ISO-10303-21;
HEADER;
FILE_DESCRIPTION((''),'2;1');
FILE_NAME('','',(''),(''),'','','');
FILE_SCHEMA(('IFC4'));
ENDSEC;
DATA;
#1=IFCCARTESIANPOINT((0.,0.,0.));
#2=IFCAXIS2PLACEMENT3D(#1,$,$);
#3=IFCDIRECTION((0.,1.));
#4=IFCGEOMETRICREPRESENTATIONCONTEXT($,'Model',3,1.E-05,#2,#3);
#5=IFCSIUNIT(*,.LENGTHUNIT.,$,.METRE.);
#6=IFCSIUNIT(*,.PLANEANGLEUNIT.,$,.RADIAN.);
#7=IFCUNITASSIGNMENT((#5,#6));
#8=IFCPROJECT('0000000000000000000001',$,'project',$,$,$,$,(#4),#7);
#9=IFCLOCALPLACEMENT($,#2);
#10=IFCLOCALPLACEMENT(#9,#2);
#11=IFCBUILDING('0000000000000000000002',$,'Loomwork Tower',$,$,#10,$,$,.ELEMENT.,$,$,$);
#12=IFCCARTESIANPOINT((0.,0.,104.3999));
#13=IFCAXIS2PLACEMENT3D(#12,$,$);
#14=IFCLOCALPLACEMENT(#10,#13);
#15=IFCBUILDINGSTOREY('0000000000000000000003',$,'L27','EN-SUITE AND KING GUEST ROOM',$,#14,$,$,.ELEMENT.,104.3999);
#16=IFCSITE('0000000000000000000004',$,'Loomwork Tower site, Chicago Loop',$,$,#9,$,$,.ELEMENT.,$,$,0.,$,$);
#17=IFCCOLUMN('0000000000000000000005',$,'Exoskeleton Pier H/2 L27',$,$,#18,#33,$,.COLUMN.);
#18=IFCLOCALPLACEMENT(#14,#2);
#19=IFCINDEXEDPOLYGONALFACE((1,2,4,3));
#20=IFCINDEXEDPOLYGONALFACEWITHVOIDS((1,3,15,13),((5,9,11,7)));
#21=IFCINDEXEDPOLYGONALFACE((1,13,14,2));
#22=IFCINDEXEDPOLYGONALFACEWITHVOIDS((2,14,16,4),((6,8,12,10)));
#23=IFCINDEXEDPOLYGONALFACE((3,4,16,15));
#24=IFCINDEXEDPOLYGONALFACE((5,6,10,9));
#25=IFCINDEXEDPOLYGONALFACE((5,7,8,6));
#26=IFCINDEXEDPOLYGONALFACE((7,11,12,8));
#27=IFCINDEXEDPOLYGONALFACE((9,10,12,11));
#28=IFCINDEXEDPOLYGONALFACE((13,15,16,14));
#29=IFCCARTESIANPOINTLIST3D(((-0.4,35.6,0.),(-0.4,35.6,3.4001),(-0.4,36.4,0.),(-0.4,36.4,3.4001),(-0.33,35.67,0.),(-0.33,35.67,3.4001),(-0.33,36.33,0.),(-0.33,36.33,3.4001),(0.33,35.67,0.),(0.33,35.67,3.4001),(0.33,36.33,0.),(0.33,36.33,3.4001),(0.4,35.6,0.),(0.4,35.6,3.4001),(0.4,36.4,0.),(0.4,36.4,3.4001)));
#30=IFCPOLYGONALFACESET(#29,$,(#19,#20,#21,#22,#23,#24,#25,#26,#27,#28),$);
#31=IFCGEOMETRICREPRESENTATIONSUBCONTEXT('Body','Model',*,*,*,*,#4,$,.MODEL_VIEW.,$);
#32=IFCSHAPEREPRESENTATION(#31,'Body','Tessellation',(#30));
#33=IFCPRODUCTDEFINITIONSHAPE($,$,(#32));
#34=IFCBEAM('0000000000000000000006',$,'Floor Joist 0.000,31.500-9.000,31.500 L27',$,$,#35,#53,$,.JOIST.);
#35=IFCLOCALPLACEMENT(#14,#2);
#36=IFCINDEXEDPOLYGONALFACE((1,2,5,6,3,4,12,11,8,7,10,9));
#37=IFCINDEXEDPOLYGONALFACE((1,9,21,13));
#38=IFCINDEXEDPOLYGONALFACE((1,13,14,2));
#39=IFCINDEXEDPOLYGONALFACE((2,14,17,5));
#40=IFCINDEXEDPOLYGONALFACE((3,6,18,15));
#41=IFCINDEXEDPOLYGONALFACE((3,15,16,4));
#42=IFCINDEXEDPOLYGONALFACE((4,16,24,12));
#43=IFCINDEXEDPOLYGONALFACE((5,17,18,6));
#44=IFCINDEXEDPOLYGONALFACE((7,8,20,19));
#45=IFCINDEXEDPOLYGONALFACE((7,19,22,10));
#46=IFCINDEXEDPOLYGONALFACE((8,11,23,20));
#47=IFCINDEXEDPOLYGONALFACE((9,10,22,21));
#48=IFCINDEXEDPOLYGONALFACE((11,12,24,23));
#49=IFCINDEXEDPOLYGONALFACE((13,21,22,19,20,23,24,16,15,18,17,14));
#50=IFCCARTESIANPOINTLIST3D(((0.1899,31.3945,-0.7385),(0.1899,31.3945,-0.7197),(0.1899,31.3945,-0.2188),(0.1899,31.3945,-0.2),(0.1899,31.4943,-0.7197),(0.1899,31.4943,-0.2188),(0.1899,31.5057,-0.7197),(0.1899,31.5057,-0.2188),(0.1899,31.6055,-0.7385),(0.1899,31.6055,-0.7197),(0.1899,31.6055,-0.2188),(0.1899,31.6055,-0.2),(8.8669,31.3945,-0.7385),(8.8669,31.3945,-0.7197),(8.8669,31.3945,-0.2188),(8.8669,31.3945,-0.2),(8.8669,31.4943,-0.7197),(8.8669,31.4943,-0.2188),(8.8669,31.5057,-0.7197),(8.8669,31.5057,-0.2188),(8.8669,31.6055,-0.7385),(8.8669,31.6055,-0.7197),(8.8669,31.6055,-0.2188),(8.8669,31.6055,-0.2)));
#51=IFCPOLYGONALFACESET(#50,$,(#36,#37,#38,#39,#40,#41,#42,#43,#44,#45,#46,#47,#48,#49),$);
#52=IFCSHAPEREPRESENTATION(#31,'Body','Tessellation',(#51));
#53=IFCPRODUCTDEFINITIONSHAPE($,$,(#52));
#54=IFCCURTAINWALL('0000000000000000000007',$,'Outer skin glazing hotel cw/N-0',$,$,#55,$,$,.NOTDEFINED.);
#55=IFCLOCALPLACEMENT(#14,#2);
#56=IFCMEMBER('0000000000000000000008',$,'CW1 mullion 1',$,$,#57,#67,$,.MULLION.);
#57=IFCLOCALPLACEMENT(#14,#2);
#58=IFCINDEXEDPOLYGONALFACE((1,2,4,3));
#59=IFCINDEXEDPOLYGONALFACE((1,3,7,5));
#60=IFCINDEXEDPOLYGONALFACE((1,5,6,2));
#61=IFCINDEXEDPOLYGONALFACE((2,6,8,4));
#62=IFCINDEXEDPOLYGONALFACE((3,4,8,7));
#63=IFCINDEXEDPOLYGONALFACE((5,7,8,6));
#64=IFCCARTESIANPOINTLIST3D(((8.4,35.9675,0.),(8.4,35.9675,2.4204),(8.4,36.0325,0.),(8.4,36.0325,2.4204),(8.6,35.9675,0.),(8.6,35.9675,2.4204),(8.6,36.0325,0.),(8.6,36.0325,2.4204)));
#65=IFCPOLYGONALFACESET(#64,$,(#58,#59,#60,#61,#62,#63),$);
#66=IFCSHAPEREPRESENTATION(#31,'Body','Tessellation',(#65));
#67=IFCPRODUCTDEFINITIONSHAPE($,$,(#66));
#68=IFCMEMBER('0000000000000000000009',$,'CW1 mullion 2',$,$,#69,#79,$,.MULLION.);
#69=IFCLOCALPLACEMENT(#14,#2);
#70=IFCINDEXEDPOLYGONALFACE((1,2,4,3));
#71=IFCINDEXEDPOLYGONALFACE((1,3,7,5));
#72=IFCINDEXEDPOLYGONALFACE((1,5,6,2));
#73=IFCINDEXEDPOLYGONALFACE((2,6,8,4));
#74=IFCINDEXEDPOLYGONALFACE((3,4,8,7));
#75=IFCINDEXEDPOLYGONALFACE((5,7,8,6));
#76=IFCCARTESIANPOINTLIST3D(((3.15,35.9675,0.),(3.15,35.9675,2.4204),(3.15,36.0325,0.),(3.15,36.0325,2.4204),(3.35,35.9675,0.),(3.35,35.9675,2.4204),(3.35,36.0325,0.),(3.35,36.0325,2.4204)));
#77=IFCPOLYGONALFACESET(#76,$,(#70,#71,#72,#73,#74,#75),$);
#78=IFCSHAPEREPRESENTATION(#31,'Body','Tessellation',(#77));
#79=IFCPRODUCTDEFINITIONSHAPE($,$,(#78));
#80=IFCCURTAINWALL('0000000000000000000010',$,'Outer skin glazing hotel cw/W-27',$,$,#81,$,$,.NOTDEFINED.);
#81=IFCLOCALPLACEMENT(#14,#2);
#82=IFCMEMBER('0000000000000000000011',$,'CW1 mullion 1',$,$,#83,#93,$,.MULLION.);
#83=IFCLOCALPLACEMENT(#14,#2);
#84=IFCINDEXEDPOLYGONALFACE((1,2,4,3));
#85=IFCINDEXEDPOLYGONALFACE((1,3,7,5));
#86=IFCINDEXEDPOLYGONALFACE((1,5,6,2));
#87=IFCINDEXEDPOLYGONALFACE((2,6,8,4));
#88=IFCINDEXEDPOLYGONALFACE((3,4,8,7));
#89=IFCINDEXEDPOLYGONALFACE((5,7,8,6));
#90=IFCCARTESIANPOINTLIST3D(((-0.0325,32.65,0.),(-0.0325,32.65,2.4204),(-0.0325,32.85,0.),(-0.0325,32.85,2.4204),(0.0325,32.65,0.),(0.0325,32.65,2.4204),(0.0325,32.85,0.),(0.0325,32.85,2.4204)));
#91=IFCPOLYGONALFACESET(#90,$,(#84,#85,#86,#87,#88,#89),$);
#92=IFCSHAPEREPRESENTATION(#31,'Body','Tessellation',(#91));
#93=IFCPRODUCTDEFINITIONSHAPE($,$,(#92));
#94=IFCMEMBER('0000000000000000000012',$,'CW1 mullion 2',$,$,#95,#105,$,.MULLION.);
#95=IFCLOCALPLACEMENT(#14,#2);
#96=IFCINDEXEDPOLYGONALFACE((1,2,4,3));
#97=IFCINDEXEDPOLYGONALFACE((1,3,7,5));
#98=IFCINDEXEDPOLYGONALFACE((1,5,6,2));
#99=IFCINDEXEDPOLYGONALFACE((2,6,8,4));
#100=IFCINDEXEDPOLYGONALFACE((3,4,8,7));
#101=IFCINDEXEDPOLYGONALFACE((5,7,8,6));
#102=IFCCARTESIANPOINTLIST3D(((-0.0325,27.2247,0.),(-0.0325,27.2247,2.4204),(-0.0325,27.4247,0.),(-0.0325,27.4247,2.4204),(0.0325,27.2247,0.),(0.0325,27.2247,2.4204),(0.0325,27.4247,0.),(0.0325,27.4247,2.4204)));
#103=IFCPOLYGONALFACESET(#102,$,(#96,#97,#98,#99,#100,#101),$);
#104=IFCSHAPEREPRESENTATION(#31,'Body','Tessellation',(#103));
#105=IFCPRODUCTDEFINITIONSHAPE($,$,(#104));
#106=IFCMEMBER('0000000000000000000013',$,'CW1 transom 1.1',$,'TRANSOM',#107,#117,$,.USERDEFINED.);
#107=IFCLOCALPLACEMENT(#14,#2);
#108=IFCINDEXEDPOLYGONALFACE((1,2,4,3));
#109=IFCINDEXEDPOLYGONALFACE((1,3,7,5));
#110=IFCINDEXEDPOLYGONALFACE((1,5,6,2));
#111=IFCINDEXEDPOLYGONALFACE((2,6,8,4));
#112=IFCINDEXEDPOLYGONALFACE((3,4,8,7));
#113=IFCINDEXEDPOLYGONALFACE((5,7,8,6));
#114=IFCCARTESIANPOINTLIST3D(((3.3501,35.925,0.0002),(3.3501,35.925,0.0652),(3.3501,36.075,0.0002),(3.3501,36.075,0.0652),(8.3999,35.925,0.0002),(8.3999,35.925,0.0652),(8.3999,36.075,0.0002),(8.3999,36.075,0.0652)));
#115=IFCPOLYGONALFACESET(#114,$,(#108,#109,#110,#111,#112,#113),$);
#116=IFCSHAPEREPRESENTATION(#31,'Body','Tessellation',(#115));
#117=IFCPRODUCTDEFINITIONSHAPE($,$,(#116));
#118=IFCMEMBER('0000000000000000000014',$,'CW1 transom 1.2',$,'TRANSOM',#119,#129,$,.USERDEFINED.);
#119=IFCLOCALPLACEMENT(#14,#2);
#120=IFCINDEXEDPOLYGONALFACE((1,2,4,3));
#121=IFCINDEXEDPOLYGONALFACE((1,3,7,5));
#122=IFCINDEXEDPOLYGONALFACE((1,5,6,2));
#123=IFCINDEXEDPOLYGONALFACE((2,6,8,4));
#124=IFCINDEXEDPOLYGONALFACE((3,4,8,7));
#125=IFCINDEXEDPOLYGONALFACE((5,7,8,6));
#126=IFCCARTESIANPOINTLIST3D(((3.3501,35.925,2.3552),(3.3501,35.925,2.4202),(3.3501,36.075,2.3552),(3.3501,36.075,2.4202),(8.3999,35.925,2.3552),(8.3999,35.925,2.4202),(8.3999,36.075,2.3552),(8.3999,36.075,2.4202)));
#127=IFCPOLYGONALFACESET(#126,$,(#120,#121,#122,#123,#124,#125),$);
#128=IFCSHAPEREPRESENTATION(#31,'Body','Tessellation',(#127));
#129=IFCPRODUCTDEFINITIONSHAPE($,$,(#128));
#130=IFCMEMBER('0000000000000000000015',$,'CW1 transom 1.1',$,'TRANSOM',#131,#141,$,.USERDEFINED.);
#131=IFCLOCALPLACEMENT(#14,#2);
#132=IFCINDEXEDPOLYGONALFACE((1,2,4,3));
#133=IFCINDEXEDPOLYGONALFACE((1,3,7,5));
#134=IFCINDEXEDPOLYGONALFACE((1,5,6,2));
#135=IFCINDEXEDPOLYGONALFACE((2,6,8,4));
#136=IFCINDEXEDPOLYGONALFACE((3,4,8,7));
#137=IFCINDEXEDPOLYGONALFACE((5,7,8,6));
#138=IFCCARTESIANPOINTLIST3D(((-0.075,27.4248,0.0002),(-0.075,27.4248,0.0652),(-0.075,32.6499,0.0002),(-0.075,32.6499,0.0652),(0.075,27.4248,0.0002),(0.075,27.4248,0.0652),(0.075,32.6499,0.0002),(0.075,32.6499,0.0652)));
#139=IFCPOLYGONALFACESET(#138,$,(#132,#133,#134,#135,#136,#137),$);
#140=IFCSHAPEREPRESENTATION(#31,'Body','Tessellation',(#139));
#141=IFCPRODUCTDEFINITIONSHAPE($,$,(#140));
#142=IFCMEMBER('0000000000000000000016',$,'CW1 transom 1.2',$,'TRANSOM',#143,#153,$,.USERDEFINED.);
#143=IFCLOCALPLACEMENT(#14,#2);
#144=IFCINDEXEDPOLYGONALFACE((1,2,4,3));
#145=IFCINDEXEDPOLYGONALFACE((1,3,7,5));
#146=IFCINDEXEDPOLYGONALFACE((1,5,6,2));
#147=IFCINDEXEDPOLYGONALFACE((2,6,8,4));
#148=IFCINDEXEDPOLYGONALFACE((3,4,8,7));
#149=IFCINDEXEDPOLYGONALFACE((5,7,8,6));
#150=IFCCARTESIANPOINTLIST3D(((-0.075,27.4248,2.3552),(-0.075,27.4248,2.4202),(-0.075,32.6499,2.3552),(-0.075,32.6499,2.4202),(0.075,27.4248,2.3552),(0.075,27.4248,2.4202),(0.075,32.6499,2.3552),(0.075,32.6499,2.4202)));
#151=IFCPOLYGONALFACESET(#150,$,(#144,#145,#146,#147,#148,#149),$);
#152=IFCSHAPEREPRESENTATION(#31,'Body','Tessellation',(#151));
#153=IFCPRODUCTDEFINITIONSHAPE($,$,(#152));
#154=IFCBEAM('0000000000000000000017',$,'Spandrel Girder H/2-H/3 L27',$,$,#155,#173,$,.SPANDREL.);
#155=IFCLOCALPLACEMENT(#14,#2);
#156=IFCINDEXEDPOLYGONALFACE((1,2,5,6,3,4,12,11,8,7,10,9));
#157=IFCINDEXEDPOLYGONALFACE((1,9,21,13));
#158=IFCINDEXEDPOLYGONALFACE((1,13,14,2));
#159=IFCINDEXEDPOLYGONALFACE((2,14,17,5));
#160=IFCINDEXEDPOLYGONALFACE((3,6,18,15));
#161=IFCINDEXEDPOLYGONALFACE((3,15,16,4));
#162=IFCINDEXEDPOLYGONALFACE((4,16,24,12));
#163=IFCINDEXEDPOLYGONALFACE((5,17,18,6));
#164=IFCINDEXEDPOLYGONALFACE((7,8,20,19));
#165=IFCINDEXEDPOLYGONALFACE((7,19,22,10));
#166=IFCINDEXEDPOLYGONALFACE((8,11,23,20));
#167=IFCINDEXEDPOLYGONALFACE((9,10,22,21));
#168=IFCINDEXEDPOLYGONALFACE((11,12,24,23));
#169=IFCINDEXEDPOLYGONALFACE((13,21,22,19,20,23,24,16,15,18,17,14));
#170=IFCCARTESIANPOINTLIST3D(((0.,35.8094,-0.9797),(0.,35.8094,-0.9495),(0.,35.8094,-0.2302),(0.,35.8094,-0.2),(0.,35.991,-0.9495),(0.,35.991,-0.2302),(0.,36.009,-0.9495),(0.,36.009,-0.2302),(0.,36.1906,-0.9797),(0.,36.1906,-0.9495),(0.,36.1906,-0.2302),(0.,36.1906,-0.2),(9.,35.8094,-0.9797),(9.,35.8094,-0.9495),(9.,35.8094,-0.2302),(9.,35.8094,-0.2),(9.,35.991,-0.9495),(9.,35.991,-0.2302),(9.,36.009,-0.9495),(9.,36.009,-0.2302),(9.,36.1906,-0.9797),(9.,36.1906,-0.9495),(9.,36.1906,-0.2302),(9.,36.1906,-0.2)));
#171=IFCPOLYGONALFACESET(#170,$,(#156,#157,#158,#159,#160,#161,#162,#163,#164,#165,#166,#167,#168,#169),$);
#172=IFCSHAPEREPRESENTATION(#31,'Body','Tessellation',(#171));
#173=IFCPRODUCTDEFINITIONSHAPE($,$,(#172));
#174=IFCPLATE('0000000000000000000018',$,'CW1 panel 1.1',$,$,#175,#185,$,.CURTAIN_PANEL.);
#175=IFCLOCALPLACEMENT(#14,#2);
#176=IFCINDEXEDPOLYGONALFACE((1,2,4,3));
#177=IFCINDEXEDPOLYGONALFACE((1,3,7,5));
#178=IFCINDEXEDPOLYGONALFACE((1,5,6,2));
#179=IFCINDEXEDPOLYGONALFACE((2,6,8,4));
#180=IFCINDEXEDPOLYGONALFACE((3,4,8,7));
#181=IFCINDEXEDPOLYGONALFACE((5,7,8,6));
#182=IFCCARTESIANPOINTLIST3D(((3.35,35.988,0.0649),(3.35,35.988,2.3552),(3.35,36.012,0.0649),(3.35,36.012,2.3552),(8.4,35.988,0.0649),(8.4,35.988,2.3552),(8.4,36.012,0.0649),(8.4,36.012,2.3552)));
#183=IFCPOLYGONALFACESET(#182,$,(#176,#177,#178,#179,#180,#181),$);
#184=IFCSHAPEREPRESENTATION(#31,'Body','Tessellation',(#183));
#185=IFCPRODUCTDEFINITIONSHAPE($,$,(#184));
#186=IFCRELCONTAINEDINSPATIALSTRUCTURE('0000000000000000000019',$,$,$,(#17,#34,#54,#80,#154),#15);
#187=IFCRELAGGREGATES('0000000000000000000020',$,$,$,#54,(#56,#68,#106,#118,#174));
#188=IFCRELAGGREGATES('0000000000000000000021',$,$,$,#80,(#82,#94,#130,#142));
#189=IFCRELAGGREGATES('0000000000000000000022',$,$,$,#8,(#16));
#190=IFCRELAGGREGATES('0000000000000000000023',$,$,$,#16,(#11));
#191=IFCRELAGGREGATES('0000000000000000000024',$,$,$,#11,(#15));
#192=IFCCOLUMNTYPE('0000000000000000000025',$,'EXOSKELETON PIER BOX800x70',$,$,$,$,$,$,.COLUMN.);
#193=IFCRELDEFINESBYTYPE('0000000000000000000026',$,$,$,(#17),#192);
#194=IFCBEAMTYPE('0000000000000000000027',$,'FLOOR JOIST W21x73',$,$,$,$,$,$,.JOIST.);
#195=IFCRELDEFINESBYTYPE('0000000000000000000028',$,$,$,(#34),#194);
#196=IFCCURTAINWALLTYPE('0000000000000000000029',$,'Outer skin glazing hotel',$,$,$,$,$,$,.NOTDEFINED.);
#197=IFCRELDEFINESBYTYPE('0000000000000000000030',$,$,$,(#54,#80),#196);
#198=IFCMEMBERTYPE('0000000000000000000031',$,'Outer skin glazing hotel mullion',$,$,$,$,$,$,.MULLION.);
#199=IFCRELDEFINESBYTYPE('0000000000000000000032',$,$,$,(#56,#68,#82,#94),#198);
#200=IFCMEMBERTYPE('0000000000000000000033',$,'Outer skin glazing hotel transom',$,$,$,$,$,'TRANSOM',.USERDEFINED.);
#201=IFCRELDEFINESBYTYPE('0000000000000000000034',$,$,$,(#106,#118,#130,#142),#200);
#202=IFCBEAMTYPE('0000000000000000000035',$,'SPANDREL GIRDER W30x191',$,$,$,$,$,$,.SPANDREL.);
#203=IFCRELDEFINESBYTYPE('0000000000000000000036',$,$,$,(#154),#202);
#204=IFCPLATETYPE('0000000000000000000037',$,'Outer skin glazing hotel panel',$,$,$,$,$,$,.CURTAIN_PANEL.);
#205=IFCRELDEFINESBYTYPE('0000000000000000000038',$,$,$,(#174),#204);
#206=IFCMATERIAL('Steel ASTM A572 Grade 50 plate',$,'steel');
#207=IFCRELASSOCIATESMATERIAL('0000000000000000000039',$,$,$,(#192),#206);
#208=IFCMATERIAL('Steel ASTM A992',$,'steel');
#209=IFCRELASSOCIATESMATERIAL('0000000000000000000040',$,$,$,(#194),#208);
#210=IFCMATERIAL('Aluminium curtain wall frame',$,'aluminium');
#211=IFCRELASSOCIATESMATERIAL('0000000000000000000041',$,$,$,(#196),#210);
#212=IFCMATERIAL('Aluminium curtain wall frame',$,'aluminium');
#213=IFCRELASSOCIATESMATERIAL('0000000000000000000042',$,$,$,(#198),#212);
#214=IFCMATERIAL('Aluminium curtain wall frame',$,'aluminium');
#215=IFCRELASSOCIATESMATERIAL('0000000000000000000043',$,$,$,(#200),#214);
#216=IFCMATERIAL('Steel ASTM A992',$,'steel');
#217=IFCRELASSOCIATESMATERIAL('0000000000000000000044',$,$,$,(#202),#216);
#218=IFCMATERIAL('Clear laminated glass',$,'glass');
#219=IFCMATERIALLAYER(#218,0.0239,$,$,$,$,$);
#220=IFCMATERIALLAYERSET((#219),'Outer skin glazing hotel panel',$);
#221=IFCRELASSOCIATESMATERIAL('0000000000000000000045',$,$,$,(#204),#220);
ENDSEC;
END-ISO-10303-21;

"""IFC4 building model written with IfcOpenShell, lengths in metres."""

from ifc_helpers import new_model, si_unit, direction, frame, origin, origin_2d, place, context, subcontext, project, spatial, rectangle, hollow_rectangle, i_section, extrude, material, layer, layer_set, material_profile, profile_set, type_object, element, aggregate, save


model = new_model("IFC4")

# Units and contexts
model_context = context("Model", 3, precision=1e-05, world=origin(), true_north=direction((0.0, 1.0)))
body_context = subcontext(model_context, "Body", "Model", "MODEL_VIEW")
ifc_project = project(units=[si_unit("LENGTHUNIT", "METRE"), si_unit("PLANEANGLEUNIT", "RADIAN")], contexts=[model_context])

# Site, building, storey
site_placement = place(None, origin())
site = spatial("IfcSite", under=ifc_project, at=site_placement, Name="Loomwork Tower site, Chicago Loop", CompositionType="ELEMENT", RefElevation=0.0)
building_placement = place(site_placement, origin())
building = spatial("IfcBuilding", under=site, at=building_placement, Name="Loomwork Tower", CompositionType="ELEMENT")
storey_placement = place(building_placement, frame((0.0, 0.0, 104.3999)))
storey = spatial("IfcBuildingStorey", under=building, at=storey_placement, Name="L27", Description="EN-SUITE AND KING GUEST ROOM", CompositionType="ELEMENT", Elevation=104.3999)

# Column
ifc_material_1 = material(Name="Steel ASTM A572 Grade 50 plate", Category="steel")
ifc_material_profile_1 = material_profile(ifc_material_1, hollow_rectangle(XDim=0.8, YDim=0.8, WallThickness=0.0701, at=origin_2d()), Name="BOX800x70")
ifc_profile_set_1 = profile_set([ifc_material_profile_1], Name="Steel ASTM A572 Grade 50 plate")
column_type = type_object("IfcColumnType", Name="EXOSKELETON PIER BOX800x70", PredefinedType="COLUMN", material=ifc_profile_set_1)
column_placement = place(storey_placement, frame((0.0, 36.0, 0.0), z_axis=(0.0, 0.0, 1.0), x_axis=(1.0, 0.0, 0.0)))
element("IfcColumn", 1, at=column_placement, inside=storey, type_object=column_type, Name="Exoskeleton Pier H/2 L27", PredefinedType="COLUMN", context=body_context, shape_type="SweptSolid", body=[
    extrude(hollow_rectangle(XDim=0.8, YDim=0.8, WallThickness=0.0701, at=origin_2d()), origin(), (0.0, 0.0, 1.0), 3.4001),
])

# Beam
ifc_material_2 = material(Name="Steel ASTM A992", Category="steel")
ifc_material_profile_2 = material_profile(ifc_material_2, i_section(OverallWidth=0.2109, OverallDepth=0.5386, WebThickness=0.0115, FlangeThickness=0.0188, at=origin_2d()), Name="W21x73")
ifc_profile_set_2 = profile_set([ifc_material_profile_2], Name="Steel ASTM A992")
beam_type_1 = type_object("IfcBeamType", Name="FLOOR JOIST W21x73", PredefinedType="JOIST", material=ifc_profile_set_2)
beam_1_placement = place(storey_placement, frame((0.1899, 31.5, -0.4692), z_axis=(1.0, 0.0, 0.0), x_axis=(0.0, 1.0, 0.0)))
element("IfcBeam", 2, at=beam_1_placement, inside=storey, type_object=beam_type_1, Name="Floor Joist 0.000,31.500-9.000,31.500 L27", PredefinedType="JOIST", context=body_context, shape_type="SweptSolid", body=[
    extrude(i_section(OverallWidth=0.2109, OverallDepth=0.5386, WebThickness=0.0115, FlangeThickness=0.0188, at=origin_2d()), origin(), (0.0, 0.0, 1.0), 8.677),
])

# Curtain walls, members
ifc_material_3 = material(Name="Aluminium curtain wall frame", Category="aluminium")
curtain_wall_type = type_object("IfcCurtainWallType", Name="Outer skin glazing hotel", PredefinedType="NOTDEFINED", material=ifc_material_3)
curtain_wall_1_placement = place(storey_placement, origin())
curtain_wall_1 = element("IfcCurtainWall", 3, at=curtain_wall_1_placement, inside=storey, type_object=curtain_wall_type, Name="Outer skin glazing hotel cw/N-0", PredefinedType="NOTDEFINED")
ifc_material_4 = material(Name="Aluminium curtain wall frame", Category="aluminium")
ifc_material_profile_3 = material_profile(ifc_material_4, rectangle(XDim=0.0649, YDim=0.2, at=origin_2d()), Name="AL 65x200")
ifc_profile_set_3 = profile_set([ifc_material_profile_3], Name="Aluminium curtain wall frame")
member_type_1 = type_object("IfcMemberType", Name="Outer skin glazing hotel mullion", PredefinedType="MULLION", material=ifc_profile_set_3)
member_1_placement = place(storey_placement, frame((8.5, 36.0, 0.0), z_axis=(0.0, 0.0, 1.0), x_axis=(0.0, -1.0, 0.0)))
member_1 = element("IfcMember", 4, at=member_1_placement, type_object=member_type_1, Name="CW1 mullion 1", PredefinedType="MULLION", context=body_context, shape_type="SweptSolid", body=[
    extrude(rectangle(XDim=0.0649, YDim=0.2, at=origin_2d()), origin(), (0.0, 0.0, 1.0), 2.4204),
])
member_2_placement = place(storey_placement, frame((3.25, 36.0, 0.0), z_axis=(0.0, 0.0, 1.0), x_axis=(0.0, -1.0, 0.0)))
member_2 = element("IfcMember", 5, at=member_2_placement, type_object=member_type_1, Name="CW1 mullion 2", PredefinedType="MULLION", context=body_context, shape_type="SweptSolid", body=[
    extrude(rectangle(XDim=0.0649, YDim=0.2, at=origin_2d()), origin(), (0.0, 0.0, 1.0), 2.4204),
])
curtain_wall_2_placement = place(storey_placement, origin())
curtain_wall_2 = element("IfcCurtainWall", 6, at=curtain_wall_2_placement, inside=storey, type_object=curtain_wall_type, Name="Outer skin glazing hotel cw/W-27", PredefinedType="NOTDEFINED")
member_3_placement = place(storey_placement, frame((0.0, 32.75, 0.0), z_axis=(0.0, 0.0, 1.0), x_axis=(1.0, 0.0, 0.0)))
member_3 = element("IfcMember", 7, at=member_3_placement, type_object=member_type_1, Name="CW1 mullion 1", PredefinedType="MULLION", context=body_context, shape_type="SweptSolid", body=[
    extrude(rectangle(XDim=0.0649, YDim=0.2, at=origin_2d()), origin(), (0.0, 0.0, 1.0), 2.4204),
])
member_4_placement = place(storey_placement, frame((0.0, 27.3247, 0.0), z_axis=(0.0, 0.0, 1.0), x_axis=(1.0, 0.0, 0.0)))
member_4 = element("IfcMember", 8, at=member_4_placement, type_object=member_type_1, Name="CW1 mullion 2", PredefinedType="MULLION", context=body_context, shape_type="SweptSolid", body=[
    extrude(rectangle(XDim=0.0649, YDim=0.2, at=origin_2d()), origin(), (0.0, 0.0, 1.0), 2.4204),
])

# Members
ifc_material_5 = material(Name="Aluminium curtain wall frame", Category="aluminium")
ifc_material_profile_4 = material_profile(ifc_material_5, rectangle(XDim=0.1499, YDim=0.0649, at=origin_2d()), Name="AL 65x150")
ifc_profile_set_4 = profile_set([ifc_material_profile_4], Name="Aluminium curtain wall frame")
member_type_2 = type_object("IfcMemberType", Name="Outer skin glazing hotel transom", ElementType="TRANSOM", PredefinedType="USERDEFINED", material=ifc_profile_set_4)
member_5_placement = place(storey_placement, frame((8.3999, 36.0, 0.0327), z_axis=(-1.0, 0.0, 0.0), x_axis=(0.0, -1.0, 0.0)))
member_5 = element("IfcMember", 9, at=member_5_placement, type_object=member_type_2, Name="CW1 transom 1.1", ObjectType="TRANSOM", PredefinedType="USERDEFINED", context=body_context, shape_type="SweptSolid", body=[
    extrude(rectangle(XDim=0.1499, YDim=0.0649, at=origin_2d()), origin(), (0.0, 0.0, 1.0), 5.0498),
])
member_6_placement = place(storey_placement, frame((8.3999, 36.0, 2.3877), z_axis=(-1.0, 0.0, 0.0), x_axis=(0.0, -1.0, 0.0)))
member_6 = element("IfcMember", 10, at=member_6_placement, type_object=member_type_2, Name="CW1 transom 1.2", ObjectType="TRANSOM", PredefinedType="USERDEFINED", context=body_context, shape_type="SweptSolid", body=[
    extrude(rectangle(XDim=0.1499, YDim=0.0649, at=origin_2d()), origin(), (0.0, 0.0, 1.0), 5.0498),
])
member_7_placement = place(storey_placement, frame((0.0, 32.6499, 0.0327), z_axis=(0.0, -1.0, 0.0), x_axis=(1.0, 0.0, 0.0)))
member_7 = element("IfcMember", 11, at=member_7_placement, type_object=member_type_2, Name="CW1 transom 1.1", ObjectType="TRANSOM", PredefinedType="USERDEFINED", context=body_context, shape_type="SweptSolid", body=[
    extrude(rectangle(XDim=0.1499, YDim=0.0649, at=origin_2d()), origin(), (0.0, 0.0, 1.0), 5.2251),
])
member_8_placement = place(storey_placement, frame((0.0, 32.6499, 2.3877), z_axis=(0.0, -1.0, 0.0), x_axis=(1.0, 0.0, 0.0)))
member_8 = element("IfcMember", 12, at=member_8_placement, type_object=member_type_2, Name="CW1 transom 1.2", ObjectType="TRANSOM", PredefinedType="USERDEFINED", context=body_context, shape_type="SweptSolid", body=[
    extrude(rectangle(XDim=0.1499, YDim=0.0649, at=origin_2d()), origin(), (0.0, 0.0, 1.0), 5.2251),
])

# Beam
ifc_material_6 = material(Name="Steel ASTM A992", Category="steel")
ifc_material_profile_5 = material_profile(ifc_material_6, i_section(OverallWidth=0.3811, OverallDepth=0.7798, WebThickness=0.0181, FlangeThickness=0.0303, at=origin_2d()), Name="W30x191")
ifc_profile_set_5 = profile_set([ifc_material_profile_5], Name="Steel ASTM A992")
beam_type_2 = type_object("IfcBeamType", Name="SPANDREL GIRDER W30x191", PredefinedType="SPANDREL", material=ifc_profile_set_5)
beam_2_placement = place(storey_placement, frame((0.0, 36.0, -0.5898), z_axis=(1.0, 0.0, 0.0), x_axis=(0.0, 1.0, 0.0)))
element("IfcBeam", 13, at=beam_2_placement, inside=storey, type_object=beam_type_2, Name="Spandrel Girder H/2-H/3 L27", PredefinedType="SPANDREL", context=body_context, shape_type="SweptSolid", body=[
    extrude(i_section(OverallWidth=0.3811, OverallDepth=0.7798, WebThickness=0.0181, FlangeThickness=0.0303, at=origin_2d()), origin(), (0.0, 0.0, 1.0), 9.0),
])

# Plate
ifc_material_7 = material(Name="Clear laminated glass", Category="glass")
ifc_layer_1 = layer(ifc_material_7, 0.0239)
ifc_layer_set_1 = layer_set([ifc_layer_1], Name="Outer skin glazing hotel panel")
plate_type = type_object("IfcPlateType", Name="Outer skin glazing hotel panel", PredefinedType="CURTAIN_PANEL", material=ifc_layer_set_1)
plate_1_placement = place(storey_placement, frame((5.875, 36.0, 0.0649), z_axis=(0.0, 0.0, 1.0), x_axis=(-1.0, 0.0, 0.0)))
plate_1 = element("IfcPlate", 14, at=plate_1_placement, type_object=plate_type, Name="CW1 panel 1.1", PredefinedType="CURTAIN_PANEL", context=body_context, shape_type="SweptSolid", body=[
    extrude(rectangle(XDim=5.05, YDim=0.0239, at=origin_2d()), origin(), (0.0, 0.0, 1.0), 2.2903),
])
aggregate(curtain_wall_1, [member_1, member_2, member_5, member_6, plate_1])
aggregate(curtain_wall_2, [member_3, member_4, member_7, member_8])

save(model, "model.ifc")
